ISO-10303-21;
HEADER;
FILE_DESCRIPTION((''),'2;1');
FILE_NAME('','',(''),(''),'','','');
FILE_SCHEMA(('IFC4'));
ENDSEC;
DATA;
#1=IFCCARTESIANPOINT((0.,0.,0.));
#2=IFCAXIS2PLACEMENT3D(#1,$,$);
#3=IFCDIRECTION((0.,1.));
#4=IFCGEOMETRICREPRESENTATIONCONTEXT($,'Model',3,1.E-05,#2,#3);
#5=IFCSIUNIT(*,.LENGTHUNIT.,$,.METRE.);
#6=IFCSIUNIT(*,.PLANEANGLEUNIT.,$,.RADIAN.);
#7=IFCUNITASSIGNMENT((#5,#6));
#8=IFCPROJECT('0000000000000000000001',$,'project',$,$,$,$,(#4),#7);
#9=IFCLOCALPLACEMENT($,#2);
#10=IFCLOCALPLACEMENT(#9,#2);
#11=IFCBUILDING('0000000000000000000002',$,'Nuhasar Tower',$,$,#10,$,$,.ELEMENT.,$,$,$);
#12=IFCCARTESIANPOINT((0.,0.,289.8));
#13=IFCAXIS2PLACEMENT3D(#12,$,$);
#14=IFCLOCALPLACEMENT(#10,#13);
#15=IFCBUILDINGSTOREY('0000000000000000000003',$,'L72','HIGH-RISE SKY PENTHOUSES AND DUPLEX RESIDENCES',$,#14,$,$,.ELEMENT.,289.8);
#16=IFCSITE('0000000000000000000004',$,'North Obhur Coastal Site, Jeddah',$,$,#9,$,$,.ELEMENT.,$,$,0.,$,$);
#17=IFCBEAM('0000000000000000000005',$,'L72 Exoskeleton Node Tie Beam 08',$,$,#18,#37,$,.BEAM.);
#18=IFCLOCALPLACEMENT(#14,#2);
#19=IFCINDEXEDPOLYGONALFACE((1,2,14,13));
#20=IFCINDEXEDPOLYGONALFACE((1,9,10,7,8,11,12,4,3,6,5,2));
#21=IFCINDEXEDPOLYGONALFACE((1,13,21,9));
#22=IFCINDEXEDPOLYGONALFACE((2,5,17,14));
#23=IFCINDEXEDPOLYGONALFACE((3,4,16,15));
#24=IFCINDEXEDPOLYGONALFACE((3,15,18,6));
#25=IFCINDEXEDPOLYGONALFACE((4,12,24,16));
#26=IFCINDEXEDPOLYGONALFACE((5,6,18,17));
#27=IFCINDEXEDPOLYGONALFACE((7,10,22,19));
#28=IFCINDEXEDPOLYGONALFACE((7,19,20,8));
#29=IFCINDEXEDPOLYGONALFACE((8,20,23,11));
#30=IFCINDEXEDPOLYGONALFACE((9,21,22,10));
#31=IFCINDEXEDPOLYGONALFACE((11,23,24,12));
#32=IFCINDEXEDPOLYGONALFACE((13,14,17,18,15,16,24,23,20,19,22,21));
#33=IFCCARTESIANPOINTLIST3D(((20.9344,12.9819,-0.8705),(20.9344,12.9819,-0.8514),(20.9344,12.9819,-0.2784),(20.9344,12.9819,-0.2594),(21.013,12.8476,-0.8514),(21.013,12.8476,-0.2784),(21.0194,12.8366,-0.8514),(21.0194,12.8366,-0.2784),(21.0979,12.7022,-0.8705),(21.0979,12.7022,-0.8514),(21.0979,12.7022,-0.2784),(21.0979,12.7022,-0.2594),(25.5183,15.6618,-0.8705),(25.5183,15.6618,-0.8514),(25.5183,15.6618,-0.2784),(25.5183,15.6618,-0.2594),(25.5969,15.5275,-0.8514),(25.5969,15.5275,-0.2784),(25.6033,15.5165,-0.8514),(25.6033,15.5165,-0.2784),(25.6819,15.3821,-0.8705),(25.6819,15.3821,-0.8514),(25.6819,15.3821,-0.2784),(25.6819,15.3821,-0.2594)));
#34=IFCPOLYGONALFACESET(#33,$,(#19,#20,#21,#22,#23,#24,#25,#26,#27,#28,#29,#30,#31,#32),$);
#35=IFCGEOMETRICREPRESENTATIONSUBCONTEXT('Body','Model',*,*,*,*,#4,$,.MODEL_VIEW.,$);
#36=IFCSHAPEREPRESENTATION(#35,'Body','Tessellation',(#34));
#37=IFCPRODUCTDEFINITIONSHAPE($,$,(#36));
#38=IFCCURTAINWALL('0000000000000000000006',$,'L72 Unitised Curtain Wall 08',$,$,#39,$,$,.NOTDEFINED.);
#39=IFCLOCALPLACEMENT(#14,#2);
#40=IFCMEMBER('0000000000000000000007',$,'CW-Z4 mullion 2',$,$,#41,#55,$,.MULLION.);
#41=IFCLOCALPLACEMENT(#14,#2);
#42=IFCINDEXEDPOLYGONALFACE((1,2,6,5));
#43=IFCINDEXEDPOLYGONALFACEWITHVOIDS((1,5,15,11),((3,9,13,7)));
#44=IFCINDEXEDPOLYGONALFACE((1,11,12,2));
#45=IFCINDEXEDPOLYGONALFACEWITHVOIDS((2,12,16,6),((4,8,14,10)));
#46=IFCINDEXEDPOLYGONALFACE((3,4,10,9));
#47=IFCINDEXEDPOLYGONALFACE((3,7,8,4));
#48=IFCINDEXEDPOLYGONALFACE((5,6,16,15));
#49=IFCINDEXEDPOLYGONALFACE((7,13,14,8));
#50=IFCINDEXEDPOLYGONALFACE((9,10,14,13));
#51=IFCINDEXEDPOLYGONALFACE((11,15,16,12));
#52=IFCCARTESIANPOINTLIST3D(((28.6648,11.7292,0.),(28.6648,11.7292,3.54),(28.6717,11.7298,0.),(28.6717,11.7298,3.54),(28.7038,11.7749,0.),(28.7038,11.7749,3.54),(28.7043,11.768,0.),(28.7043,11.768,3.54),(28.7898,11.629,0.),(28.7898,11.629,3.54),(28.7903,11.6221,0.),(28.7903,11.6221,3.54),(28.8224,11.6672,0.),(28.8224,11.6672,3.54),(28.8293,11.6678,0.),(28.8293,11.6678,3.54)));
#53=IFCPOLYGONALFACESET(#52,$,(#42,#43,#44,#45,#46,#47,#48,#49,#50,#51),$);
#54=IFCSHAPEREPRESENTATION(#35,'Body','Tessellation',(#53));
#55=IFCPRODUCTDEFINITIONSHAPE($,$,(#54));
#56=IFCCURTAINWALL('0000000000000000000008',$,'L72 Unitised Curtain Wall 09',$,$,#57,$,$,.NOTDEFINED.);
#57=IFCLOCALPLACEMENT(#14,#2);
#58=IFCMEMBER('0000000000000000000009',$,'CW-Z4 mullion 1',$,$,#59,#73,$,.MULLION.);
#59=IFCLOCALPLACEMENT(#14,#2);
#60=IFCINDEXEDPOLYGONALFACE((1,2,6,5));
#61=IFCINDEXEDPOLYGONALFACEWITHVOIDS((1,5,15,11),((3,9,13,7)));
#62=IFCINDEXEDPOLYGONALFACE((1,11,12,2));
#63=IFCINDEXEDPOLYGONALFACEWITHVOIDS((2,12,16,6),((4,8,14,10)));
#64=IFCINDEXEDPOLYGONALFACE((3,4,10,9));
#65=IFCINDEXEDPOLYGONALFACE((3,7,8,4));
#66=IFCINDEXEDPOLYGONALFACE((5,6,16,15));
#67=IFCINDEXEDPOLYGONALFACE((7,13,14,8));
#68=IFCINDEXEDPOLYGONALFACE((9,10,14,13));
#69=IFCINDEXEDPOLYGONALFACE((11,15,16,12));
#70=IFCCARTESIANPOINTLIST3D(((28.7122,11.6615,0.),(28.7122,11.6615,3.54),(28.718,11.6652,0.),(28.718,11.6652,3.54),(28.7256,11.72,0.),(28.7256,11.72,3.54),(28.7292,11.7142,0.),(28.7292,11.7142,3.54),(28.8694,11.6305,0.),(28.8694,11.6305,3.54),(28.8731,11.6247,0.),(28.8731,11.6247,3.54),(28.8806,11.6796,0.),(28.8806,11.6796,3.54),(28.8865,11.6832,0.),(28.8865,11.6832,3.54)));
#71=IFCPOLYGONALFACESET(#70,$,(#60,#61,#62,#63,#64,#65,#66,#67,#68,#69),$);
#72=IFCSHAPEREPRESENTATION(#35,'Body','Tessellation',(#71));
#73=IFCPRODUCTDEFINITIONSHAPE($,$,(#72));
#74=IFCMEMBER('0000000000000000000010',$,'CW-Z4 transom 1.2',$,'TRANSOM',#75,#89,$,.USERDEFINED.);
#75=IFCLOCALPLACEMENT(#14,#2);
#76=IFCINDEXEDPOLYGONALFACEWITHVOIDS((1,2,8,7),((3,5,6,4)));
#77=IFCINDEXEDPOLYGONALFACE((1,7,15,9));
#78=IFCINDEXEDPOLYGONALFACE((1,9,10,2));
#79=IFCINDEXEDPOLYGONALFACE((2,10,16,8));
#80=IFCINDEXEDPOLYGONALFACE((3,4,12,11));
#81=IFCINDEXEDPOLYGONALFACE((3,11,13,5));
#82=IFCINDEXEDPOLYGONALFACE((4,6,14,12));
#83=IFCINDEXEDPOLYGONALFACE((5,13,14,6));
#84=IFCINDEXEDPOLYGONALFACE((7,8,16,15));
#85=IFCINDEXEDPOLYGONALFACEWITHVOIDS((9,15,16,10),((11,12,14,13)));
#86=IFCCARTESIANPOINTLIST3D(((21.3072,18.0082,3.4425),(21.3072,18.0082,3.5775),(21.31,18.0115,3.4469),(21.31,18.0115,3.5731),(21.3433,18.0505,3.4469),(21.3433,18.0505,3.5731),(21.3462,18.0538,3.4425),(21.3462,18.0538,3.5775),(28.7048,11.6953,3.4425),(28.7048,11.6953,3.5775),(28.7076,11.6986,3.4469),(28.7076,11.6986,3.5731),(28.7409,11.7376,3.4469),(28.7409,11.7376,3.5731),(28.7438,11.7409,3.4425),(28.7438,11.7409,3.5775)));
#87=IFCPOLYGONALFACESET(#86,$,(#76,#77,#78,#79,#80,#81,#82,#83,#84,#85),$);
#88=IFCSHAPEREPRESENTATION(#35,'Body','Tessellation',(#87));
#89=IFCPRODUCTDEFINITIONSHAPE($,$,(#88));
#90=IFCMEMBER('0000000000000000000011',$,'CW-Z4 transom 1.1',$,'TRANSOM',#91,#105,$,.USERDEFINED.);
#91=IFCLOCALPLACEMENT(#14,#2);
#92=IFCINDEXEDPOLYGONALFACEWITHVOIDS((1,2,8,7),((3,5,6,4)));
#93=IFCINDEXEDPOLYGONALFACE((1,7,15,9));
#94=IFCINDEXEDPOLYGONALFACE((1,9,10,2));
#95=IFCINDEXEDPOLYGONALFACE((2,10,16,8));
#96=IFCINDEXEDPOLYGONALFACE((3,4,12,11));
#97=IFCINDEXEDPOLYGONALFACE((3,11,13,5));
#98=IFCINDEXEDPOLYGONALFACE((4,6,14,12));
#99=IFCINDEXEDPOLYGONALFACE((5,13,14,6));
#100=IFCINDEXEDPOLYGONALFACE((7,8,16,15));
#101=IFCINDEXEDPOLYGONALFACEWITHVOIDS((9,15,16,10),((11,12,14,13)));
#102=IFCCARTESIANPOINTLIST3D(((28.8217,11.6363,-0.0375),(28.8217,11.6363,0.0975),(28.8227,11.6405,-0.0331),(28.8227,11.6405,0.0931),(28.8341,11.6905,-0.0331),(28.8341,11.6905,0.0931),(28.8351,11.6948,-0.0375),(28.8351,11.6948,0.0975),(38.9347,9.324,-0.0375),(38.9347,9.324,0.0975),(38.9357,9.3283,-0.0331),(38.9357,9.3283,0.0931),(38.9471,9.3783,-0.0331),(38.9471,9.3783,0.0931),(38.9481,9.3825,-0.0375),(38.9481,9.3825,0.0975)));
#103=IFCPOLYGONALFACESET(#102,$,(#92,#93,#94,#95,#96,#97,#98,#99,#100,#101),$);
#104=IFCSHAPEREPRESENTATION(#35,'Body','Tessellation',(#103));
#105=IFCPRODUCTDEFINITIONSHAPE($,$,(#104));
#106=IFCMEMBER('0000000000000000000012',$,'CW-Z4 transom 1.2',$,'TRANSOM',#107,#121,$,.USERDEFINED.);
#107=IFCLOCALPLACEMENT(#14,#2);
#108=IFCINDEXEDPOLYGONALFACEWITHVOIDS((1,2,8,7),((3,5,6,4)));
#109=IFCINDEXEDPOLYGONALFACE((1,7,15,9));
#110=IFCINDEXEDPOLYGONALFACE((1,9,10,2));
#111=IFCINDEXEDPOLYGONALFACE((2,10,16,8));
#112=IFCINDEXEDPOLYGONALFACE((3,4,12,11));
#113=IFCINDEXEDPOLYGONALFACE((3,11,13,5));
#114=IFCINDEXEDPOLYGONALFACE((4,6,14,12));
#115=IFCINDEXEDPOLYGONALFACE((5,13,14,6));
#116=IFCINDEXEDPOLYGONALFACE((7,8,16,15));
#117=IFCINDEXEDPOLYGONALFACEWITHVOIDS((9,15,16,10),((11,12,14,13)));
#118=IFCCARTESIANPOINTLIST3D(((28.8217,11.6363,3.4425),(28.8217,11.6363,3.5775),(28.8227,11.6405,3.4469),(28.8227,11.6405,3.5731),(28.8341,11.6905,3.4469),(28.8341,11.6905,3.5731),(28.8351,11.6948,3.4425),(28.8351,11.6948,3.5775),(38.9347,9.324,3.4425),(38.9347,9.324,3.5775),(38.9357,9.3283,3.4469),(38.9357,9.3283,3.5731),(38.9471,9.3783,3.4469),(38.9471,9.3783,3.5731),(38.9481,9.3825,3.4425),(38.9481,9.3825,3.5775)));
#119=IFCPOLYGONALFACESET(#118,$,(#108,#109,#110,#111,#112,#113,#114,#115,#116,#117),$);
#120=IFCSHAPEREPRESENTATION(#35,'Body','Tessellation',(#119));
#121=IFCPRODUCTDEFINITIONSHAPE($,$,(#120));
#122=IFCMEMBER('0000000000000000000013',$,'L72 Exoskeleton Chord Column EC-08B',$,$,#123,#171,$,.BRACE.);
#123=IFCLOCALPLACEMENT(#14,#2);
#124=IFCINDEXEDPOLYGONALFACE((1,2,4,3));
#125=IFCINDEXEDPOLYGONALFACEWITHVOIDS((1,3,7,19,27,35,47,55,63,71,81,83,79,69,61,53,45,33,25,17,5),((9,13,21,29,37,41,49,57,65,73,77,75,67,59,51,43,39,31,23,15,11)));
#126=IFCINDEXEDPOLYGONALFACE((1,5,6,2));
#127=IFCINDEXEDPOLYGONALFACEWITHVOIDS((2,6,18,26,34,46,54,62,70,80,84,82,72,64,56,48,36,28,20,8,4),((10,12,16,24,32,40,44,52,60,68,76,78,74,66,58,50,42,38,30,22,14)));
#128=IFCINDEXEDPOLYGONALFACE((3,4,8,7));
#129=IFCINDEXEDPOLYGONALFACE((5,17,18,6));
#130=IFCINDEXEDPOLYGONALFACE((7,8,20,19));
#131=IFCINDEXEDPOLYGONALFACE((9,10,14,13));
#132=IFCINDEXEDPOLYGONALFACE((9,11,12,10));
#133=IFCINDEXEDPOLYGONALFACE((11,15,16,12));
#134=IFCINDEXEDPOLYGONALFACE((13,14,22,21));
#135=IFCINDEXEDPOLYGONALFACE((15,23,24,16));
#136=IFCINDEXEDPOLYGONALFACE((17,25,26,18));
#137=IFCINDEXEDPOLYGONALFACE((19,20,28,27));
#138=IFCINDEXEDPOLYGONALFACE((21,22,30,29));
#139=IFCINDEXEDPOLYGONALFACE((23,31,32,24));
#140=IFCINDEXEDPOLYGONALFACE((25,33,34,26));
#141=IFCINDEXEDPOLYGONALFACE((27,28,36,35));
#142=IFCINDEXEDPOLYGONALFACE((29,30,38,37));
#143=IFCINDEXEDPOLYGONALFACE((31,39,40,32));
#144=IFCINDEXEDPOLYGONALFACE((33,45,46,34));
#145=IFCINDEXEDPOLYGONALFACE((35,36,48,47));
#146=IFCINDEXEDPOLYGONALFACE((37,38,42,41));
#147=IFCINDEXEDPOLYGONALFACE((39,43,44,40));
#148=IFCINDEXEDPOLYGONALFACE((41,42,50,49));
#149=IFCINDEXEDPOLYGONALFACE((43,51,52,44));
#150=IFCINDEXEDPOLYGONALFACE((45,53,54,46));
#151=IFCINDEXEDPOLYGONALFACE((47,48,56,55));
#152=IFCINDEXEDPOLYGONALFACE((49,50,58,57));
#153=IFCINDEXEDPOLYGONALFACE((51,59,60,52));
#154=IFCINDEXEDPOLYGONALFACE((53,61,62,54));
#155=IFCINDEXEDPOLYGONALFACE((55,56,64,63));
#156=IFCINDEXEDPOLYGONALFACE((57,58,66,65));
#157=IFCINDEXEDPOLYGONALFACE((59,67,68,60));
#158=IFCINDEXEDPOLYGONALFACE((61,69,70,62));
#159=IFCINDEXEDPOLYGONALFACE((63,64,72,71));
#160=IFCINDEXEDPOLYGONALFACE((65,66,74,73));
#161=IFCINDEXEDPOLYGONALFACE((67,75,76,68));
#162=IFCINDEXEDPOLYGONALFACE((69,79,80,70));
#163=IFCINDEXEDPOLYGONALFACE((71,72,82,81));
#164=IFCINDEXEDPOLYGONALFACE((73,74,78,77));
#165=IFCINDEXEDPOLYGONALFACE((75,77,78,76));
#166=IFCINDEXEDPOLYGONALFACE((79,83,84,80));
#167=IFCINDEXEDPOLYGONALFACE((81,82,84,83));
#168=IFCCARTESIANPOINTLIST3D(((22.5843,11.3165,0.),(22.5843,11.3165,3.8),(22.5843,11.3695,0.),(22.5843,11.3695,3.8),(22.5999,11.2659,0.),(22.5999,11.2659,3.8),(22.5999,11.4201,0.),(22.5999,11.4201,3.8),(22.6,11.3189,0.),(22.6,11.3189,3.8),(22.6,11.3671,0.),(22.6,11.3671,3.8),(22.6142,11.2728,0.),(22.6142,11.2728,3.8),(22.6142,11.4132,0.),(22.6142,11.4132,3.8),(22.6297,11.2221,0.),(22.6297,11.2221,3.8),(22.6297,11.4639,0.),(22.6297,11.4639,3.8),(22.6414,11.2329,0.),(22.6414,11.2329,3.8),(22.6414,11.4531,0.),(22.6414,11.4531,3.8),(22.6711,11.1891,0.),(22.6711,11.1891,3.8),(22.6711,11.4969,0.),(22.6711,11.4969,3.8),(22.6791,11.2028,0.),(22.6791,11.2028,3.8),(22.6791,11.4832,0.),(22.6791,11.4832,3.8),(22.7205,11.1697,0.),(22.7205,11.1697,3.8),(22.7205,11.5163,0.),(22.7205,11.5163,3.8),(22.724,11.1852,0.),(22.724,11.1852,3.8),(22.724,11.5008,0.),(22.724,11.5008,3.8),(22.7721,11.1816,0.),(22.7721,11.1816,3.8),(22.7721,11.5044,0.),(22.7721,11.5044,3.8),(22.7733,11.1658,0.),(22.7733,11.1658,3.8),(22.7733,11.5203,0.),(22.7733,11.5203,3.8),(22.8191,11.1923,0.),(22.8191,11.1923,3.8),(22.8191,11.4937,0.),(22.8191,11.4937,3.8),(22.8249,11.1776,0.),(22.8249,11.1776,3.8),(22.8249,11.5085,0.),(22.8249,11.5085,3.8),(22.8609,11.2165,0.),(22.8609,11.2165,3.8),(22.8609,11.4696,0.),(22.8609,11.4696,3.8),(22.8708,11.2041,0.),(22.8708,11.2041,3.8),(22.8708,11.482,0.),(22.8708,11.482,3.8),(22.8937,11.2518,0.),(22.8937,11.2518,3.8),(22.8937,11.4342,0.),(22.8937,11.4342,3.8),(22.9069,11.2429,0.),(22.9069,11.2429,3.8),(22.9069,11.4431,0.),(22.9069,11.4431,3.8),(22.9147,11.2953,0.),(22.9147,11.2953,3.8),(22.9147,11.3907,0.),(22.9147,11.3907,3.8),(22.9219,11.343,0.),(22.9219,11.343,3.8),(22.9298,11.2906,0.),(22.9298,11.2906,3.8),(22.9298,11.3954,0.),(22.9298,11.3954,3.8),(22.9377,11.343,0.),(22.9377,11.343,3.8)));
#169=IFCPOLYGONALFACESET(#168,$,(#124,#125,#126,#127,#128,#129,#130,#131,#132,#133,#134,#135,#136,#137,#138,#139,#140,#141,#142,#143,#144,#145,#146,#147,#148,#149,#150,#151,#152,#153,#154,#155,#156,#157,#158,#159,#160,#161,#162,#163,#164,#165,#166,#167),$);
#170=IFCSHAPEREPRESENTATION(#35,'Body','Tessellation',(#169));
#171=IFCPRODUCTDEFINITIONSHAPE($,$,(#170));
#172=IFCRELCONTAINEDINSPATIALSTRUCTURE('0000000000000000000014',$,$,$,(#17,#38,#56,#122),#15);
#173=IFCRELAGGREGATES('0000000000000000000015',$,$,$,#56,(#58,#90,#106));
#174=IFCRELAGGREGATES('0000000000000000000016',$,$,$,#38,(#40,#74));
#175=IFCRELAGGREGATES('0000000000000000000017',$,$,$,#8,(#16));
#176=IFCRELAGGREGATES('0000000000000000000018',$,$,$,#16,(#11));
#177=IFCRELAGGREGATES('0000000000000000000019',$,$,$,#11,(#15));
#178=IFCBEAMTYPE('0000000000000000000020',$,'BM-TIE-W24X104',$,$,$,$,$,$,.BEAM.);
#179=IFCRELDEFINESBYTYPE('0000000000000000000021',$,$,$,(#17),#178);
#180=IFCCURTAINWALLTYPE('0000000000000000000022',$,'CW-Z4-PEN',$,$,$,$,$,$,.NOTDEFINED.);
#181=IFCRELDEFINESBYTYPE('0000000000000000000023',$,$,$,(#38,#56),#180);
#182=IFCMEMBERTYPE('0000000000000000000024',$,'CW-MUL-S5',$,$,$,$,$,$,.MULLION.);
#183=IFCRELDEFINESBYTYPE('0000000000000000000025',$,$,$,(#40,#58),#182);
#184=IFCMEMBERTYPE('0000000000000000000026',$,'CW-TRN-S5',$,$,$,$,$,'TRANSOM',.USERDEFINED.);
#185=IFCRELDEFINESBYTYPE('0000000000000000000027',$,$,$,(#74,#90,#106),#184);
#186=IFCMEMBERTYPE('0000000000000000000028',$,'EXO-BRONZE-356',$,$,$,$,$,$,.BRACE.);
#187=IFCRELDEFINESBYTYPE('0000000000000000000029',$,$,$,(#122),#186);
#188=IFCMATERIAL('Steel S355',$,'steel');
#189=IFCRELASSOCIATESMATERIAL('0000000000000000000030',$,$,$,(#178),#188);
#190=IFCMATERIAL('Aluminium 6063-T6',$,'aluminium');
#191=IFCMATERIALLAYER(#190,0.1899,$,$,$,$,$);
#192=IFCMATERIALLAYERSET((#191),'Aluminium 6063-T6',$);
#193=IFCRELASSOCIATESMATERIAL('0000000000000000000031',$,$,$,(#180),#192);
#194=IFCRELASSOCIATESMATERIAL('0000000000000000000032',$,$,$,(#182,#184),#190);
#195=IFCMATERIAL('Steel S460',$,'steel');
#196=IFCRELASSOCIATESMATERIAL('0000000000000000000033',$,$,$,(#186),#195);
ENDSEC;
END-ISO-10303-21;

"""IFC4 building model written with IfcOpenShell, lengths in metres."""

from ifc_helpers import new_model, si_unit, direction, frame, origin, origin_2d, place, context, subcontext, project, spatial, hollow_rectangle, hollow_circle, i_section, extrude, material, layer, layer_set, material_profile, profile_set, type_object, element, aggregate, save


model = new_model("IFC4")

# Units and contexts
model_context = context("Model", 3, precision=1e-05, world=origin(), true_north=direction((0.0, 1.0)))
body_context = subcontext(model_context, "Body", "Model", "MODEL_VIEW")
ifc_project = project(units=[si_unit("LENGTHUNIT", "METRE"), si_unit("PLANEANGLEUNIT", "RADIAN")], contexts=[model_context])

# Site, building, storey
site_placement = place(None, origin())
site = spatial("IfcSite", under=ifc_project, at=site_placement, Name="North Obhur Coastal Site, Jeddah", CompositionType="ELEMENT", RefElevation=0.0)
building_placement = place(site_placement, origin())
building = spatial("IfcBuilding", under=site, at=building_placement, Name="Nuhasar Tower", CompositionType="ELEMENT")
storey_placement = place(building_placement, frame((0.0, 0.0, 289.8)))
storey = spatial("IfcBuildingStorey", under=building, at=storey_placement, Name="L72", Description="HIGH-RISE SKY PENTHOUSES AND DUPLEX RESIDENCES", CompositionType="ELEMENT", Elevation=289.8)

# Beam
ifc_material_1 = material(Name="Steel S355", Category="steel")
ifc_material_profile_1 = material_profile(ifc_material_1, i_section(OverallWidth=0.324, OverallDepth=0.6111, WebThickness=0.0127, FlangeThickness=0.019, at=origin_2d()), Name="W24X104")
ifc_profile_set_1 = profile_set([ifc_material_profile_1], Name="Steel S355")
beam_type_1 = type_object("IfcBeamType", Name="BM-TIE-W24X104", PredefinedType="BEAM", material=ifc_profile_set_1)
beam_1_placement = place(storey_placement, frame((25.6001, 15.522, -0.5649), z_axis=(-0.863292, -0.504706, 0.0), x_axis=(0.504706, -0.863292, 0.0)))
element("IfcBeam", 1, at=beam_1_placement, inside=storey, type_object=beam_type_1, Name="L72 Exoskeleton Node Tie Beam 08", PredefinedType="BEAM", context=body_context, shape_type="SweptSolid", body=[
    extrude(i_section(OverallWidth=0.324, OverallDepth=0.6111, WebThickness=0.0127, FlangeThickness=0.019, at=origin_2d()), origin(), (0.0, 0.0, 1.0), 5.3098),
])

# Curtain walls, members
ifc_material_2 = material(Name="Aluminium 6063-T6", Category="aluminium")
ifc_layer_1 = layer(ifc_material_2, 0.1899)
ifc_layer_set_1 = layer_set([ifc_layer_1], Name="Aluminium 6063-T6")
curtain_wall_type = type_object("IfcCurtainWallType", Name="CW-Z4-PEN", PredefinedType="NOTDEFINED", material=ifc_layer_set_1)
curtain_wall_1_placement = place(storey_placement, origin())
curtain_wall_1 = element("IfcCurtainWall", 2, at=curtain_wall_1_placement, inside=storey, type_object=curtain_wall_type, Name="L72 Unitised Curtain Wall 08", PredefinedType="NOTDEFINED")
ifc_material_profile_2 = material_profile(ifc_material_2, hollow_rectangle(XDim=0.0601, YDim=0.165, WallThickness=0.0049, at=origin_2d()), Name="CWM-5")
ifc_profile_set_2 = profile_set([ifc_material_profile_2], Name="Aluminium 6063-T6")
member_type_1 = type_object("IfcMemberType", Name="CW-MUL-S5", PredefinedType="MULLION", material=ifc_profile_set_2)
member_1_placement = place(storey_placement, frame((28.7471, 11.6985, 0.0), z_axis=(0.0, 0.0, 1.0), x_axis=(0.649142, 0.760667, 0.0)))
member_1 = element("IfcMember", 3, at=member_1_placement, type_object=member_type_1, Name="CW-Z4 mullion 2", PredefinedType="MULLION", context=body_context, shape_type="SweptSolid", body=[
    extrude(hollow_rectangle(XDim=0.0601, YDim=0.165, WallThickness=0.0049, at=origin_2d()), origin(), (0.0, 0.0, 1.0), 3.54),
])
curtain_wall_2_placement = place(storey_placement, origin())
curtain_wall_2 = element("IfcCurtainWall", 4, at=curtain_wall_2_placement, inside=storey, type_object=curtain_wall_type, Name="L72 Unitised Curtain Wall 09", PredefinedType="NOTDEFINED")
member_2_placement = place(storey_placement, frame((28.7993, 11.6724, 0.0), z_axis=(0.0, 0.0, 1.0), x_axis=(0.222889, 0.974844, 0.0)))
member_2 = element("IfcMember", 5, at=member_2_placement, type_object=member_type_1, Name="CW-Z4 mullion 1", PredefinedType="MULLION", context=body_context, shape_type="SweptSolid", body=[
    extrude(hollow_rectangle(XDim=0.0601, YDim=0.165, WallThickness=0.0049, at=origin_2d()), origin(), (0.0, 0.0, 1.0), 3.54),
])

# Members
ifc_material_profile_3 = material_profile(ifc_material_2, hollow_rectangle(XDim=0.0601, YDim=0.135, WallThickness=0.0044, at=origin_2d()), Name="CWT-5")
ifc_profile_set_3 = profile_set([ifc_material_profile_3], Name="Aluminium 6063-T6")
member_type_2 = type_object("IfcMemberType", Name="CW-TRN-S5", ElementType="TRANSOM", PredefinedType="USERDEFINED", material=ifc_profile_set_3)
member_3_placement = place(storey_placement, frame((21.3267, 18.031, 3.51), z_axis=(0.760672, -0.649136, 0.0), x_axis=(0.649136, 0.760672, 0.0)))
member_3 = element("IfcMember", 6, at=member_3_placement, type_object=member_type_2, Name="CW-Z4 transom 1.2", ObjectType="TRANSOM", PredefinedType="USERDEFINED", context=body_context, shape_type="SweptSolid", body=[
    extrude(hollow_rectangle(XDim=0.0601, YDim=0.135, WallThickness=0.0044, at=origin_2d()), origin(), (0.0, 0.0, 1.0), 9.7251),
])
member_4_placement = place(storey_placement, frame((28.8284, 11.6655, 0.03), z_axis=(0.974844, -0.222889, 0.0), x_axis=(0.222889, 0.974844, 0.0)))
member_4 = element("IfcMember", 7, at=member_4_placement, type_object=member_type_2, Name="CW-Z4 transom 1.1", ObjectType="TRANSOM", PredefinedType="USERDEFINED", context=body_context, shape_type="SweptSolid", body=[
    extrude(hollow_rectangle(XDim=0.0601, YDim=0.135, WallThickness=0.0044, at=origin_2d()), origin(), (0.0, 0.0, 1.0), 10.374),
])
member_5_placement = place(storey_placement, frame((28.8284, 11.6655, 3.51), z_axis=(0.974844, -0.222889, 0.0), x_axis=(0.222889, 0.974844, 0.0)))
member_5 = element("IfcMember", 8, at=member_5_placement, type_object=member_type_2, Name="CW-Z4 transom 1.2", ObjectType="TRANSOM", PredefinedType="USERDEFINED", context=body_context, shape_type="SweptSolid", body=[
    extrude(hollow_rectangle(XDim=0.0601, YDim=0.135, WallThickness=0.0044, at=origin_2d()), origin(), (0.0, 0.0, 1.0), 10.374),
])
aggregate(curtain_wall_2, [member_2, member_4, member_5])

# Member
ifc_material_3 = material(Name="Steel S460", Category="steel")
ifc_material_profile_4 = material_profile(ifc_material_3, hollow_circle(Radius=0.1777, WallThickness=0.0159, at=origin_2d()), Name="HSS355.6X15.9")
ifc_profile_set_4 = profile_set([ifc_material_profile_4], Name="Steel S460")
member_type_3 = type_object("IfcMemberType", Name="EXO-BRONZE-356", PredefinedType="BRACE", material=ifc_profile_set_4)
member_6_placement = place(storey_placement, frame((22.76, 11.343, 0.0), z_axis=(0.0, 0.0, 1.0), x_axis=(1.0, 0.0, 0.0)))
element("IfcMember", 9, at=member_6_placement, inside=storey, type_object=member_type_3, Name="L72 Exoskeleton Chord Column EC-08B", PredefinedType="BRACE", context=body_context, shape_type="SweptSolid", body=[
    extrude(hollow_circle(Radius=0.1777, WallThickness=0.0159, at=origin_2d()), origin(), (0.0, 0.0, 1.0), 3.8),
])

aggregate(curtain_wall_1, [member_1, member_3])

save(model, "model.ifc")
